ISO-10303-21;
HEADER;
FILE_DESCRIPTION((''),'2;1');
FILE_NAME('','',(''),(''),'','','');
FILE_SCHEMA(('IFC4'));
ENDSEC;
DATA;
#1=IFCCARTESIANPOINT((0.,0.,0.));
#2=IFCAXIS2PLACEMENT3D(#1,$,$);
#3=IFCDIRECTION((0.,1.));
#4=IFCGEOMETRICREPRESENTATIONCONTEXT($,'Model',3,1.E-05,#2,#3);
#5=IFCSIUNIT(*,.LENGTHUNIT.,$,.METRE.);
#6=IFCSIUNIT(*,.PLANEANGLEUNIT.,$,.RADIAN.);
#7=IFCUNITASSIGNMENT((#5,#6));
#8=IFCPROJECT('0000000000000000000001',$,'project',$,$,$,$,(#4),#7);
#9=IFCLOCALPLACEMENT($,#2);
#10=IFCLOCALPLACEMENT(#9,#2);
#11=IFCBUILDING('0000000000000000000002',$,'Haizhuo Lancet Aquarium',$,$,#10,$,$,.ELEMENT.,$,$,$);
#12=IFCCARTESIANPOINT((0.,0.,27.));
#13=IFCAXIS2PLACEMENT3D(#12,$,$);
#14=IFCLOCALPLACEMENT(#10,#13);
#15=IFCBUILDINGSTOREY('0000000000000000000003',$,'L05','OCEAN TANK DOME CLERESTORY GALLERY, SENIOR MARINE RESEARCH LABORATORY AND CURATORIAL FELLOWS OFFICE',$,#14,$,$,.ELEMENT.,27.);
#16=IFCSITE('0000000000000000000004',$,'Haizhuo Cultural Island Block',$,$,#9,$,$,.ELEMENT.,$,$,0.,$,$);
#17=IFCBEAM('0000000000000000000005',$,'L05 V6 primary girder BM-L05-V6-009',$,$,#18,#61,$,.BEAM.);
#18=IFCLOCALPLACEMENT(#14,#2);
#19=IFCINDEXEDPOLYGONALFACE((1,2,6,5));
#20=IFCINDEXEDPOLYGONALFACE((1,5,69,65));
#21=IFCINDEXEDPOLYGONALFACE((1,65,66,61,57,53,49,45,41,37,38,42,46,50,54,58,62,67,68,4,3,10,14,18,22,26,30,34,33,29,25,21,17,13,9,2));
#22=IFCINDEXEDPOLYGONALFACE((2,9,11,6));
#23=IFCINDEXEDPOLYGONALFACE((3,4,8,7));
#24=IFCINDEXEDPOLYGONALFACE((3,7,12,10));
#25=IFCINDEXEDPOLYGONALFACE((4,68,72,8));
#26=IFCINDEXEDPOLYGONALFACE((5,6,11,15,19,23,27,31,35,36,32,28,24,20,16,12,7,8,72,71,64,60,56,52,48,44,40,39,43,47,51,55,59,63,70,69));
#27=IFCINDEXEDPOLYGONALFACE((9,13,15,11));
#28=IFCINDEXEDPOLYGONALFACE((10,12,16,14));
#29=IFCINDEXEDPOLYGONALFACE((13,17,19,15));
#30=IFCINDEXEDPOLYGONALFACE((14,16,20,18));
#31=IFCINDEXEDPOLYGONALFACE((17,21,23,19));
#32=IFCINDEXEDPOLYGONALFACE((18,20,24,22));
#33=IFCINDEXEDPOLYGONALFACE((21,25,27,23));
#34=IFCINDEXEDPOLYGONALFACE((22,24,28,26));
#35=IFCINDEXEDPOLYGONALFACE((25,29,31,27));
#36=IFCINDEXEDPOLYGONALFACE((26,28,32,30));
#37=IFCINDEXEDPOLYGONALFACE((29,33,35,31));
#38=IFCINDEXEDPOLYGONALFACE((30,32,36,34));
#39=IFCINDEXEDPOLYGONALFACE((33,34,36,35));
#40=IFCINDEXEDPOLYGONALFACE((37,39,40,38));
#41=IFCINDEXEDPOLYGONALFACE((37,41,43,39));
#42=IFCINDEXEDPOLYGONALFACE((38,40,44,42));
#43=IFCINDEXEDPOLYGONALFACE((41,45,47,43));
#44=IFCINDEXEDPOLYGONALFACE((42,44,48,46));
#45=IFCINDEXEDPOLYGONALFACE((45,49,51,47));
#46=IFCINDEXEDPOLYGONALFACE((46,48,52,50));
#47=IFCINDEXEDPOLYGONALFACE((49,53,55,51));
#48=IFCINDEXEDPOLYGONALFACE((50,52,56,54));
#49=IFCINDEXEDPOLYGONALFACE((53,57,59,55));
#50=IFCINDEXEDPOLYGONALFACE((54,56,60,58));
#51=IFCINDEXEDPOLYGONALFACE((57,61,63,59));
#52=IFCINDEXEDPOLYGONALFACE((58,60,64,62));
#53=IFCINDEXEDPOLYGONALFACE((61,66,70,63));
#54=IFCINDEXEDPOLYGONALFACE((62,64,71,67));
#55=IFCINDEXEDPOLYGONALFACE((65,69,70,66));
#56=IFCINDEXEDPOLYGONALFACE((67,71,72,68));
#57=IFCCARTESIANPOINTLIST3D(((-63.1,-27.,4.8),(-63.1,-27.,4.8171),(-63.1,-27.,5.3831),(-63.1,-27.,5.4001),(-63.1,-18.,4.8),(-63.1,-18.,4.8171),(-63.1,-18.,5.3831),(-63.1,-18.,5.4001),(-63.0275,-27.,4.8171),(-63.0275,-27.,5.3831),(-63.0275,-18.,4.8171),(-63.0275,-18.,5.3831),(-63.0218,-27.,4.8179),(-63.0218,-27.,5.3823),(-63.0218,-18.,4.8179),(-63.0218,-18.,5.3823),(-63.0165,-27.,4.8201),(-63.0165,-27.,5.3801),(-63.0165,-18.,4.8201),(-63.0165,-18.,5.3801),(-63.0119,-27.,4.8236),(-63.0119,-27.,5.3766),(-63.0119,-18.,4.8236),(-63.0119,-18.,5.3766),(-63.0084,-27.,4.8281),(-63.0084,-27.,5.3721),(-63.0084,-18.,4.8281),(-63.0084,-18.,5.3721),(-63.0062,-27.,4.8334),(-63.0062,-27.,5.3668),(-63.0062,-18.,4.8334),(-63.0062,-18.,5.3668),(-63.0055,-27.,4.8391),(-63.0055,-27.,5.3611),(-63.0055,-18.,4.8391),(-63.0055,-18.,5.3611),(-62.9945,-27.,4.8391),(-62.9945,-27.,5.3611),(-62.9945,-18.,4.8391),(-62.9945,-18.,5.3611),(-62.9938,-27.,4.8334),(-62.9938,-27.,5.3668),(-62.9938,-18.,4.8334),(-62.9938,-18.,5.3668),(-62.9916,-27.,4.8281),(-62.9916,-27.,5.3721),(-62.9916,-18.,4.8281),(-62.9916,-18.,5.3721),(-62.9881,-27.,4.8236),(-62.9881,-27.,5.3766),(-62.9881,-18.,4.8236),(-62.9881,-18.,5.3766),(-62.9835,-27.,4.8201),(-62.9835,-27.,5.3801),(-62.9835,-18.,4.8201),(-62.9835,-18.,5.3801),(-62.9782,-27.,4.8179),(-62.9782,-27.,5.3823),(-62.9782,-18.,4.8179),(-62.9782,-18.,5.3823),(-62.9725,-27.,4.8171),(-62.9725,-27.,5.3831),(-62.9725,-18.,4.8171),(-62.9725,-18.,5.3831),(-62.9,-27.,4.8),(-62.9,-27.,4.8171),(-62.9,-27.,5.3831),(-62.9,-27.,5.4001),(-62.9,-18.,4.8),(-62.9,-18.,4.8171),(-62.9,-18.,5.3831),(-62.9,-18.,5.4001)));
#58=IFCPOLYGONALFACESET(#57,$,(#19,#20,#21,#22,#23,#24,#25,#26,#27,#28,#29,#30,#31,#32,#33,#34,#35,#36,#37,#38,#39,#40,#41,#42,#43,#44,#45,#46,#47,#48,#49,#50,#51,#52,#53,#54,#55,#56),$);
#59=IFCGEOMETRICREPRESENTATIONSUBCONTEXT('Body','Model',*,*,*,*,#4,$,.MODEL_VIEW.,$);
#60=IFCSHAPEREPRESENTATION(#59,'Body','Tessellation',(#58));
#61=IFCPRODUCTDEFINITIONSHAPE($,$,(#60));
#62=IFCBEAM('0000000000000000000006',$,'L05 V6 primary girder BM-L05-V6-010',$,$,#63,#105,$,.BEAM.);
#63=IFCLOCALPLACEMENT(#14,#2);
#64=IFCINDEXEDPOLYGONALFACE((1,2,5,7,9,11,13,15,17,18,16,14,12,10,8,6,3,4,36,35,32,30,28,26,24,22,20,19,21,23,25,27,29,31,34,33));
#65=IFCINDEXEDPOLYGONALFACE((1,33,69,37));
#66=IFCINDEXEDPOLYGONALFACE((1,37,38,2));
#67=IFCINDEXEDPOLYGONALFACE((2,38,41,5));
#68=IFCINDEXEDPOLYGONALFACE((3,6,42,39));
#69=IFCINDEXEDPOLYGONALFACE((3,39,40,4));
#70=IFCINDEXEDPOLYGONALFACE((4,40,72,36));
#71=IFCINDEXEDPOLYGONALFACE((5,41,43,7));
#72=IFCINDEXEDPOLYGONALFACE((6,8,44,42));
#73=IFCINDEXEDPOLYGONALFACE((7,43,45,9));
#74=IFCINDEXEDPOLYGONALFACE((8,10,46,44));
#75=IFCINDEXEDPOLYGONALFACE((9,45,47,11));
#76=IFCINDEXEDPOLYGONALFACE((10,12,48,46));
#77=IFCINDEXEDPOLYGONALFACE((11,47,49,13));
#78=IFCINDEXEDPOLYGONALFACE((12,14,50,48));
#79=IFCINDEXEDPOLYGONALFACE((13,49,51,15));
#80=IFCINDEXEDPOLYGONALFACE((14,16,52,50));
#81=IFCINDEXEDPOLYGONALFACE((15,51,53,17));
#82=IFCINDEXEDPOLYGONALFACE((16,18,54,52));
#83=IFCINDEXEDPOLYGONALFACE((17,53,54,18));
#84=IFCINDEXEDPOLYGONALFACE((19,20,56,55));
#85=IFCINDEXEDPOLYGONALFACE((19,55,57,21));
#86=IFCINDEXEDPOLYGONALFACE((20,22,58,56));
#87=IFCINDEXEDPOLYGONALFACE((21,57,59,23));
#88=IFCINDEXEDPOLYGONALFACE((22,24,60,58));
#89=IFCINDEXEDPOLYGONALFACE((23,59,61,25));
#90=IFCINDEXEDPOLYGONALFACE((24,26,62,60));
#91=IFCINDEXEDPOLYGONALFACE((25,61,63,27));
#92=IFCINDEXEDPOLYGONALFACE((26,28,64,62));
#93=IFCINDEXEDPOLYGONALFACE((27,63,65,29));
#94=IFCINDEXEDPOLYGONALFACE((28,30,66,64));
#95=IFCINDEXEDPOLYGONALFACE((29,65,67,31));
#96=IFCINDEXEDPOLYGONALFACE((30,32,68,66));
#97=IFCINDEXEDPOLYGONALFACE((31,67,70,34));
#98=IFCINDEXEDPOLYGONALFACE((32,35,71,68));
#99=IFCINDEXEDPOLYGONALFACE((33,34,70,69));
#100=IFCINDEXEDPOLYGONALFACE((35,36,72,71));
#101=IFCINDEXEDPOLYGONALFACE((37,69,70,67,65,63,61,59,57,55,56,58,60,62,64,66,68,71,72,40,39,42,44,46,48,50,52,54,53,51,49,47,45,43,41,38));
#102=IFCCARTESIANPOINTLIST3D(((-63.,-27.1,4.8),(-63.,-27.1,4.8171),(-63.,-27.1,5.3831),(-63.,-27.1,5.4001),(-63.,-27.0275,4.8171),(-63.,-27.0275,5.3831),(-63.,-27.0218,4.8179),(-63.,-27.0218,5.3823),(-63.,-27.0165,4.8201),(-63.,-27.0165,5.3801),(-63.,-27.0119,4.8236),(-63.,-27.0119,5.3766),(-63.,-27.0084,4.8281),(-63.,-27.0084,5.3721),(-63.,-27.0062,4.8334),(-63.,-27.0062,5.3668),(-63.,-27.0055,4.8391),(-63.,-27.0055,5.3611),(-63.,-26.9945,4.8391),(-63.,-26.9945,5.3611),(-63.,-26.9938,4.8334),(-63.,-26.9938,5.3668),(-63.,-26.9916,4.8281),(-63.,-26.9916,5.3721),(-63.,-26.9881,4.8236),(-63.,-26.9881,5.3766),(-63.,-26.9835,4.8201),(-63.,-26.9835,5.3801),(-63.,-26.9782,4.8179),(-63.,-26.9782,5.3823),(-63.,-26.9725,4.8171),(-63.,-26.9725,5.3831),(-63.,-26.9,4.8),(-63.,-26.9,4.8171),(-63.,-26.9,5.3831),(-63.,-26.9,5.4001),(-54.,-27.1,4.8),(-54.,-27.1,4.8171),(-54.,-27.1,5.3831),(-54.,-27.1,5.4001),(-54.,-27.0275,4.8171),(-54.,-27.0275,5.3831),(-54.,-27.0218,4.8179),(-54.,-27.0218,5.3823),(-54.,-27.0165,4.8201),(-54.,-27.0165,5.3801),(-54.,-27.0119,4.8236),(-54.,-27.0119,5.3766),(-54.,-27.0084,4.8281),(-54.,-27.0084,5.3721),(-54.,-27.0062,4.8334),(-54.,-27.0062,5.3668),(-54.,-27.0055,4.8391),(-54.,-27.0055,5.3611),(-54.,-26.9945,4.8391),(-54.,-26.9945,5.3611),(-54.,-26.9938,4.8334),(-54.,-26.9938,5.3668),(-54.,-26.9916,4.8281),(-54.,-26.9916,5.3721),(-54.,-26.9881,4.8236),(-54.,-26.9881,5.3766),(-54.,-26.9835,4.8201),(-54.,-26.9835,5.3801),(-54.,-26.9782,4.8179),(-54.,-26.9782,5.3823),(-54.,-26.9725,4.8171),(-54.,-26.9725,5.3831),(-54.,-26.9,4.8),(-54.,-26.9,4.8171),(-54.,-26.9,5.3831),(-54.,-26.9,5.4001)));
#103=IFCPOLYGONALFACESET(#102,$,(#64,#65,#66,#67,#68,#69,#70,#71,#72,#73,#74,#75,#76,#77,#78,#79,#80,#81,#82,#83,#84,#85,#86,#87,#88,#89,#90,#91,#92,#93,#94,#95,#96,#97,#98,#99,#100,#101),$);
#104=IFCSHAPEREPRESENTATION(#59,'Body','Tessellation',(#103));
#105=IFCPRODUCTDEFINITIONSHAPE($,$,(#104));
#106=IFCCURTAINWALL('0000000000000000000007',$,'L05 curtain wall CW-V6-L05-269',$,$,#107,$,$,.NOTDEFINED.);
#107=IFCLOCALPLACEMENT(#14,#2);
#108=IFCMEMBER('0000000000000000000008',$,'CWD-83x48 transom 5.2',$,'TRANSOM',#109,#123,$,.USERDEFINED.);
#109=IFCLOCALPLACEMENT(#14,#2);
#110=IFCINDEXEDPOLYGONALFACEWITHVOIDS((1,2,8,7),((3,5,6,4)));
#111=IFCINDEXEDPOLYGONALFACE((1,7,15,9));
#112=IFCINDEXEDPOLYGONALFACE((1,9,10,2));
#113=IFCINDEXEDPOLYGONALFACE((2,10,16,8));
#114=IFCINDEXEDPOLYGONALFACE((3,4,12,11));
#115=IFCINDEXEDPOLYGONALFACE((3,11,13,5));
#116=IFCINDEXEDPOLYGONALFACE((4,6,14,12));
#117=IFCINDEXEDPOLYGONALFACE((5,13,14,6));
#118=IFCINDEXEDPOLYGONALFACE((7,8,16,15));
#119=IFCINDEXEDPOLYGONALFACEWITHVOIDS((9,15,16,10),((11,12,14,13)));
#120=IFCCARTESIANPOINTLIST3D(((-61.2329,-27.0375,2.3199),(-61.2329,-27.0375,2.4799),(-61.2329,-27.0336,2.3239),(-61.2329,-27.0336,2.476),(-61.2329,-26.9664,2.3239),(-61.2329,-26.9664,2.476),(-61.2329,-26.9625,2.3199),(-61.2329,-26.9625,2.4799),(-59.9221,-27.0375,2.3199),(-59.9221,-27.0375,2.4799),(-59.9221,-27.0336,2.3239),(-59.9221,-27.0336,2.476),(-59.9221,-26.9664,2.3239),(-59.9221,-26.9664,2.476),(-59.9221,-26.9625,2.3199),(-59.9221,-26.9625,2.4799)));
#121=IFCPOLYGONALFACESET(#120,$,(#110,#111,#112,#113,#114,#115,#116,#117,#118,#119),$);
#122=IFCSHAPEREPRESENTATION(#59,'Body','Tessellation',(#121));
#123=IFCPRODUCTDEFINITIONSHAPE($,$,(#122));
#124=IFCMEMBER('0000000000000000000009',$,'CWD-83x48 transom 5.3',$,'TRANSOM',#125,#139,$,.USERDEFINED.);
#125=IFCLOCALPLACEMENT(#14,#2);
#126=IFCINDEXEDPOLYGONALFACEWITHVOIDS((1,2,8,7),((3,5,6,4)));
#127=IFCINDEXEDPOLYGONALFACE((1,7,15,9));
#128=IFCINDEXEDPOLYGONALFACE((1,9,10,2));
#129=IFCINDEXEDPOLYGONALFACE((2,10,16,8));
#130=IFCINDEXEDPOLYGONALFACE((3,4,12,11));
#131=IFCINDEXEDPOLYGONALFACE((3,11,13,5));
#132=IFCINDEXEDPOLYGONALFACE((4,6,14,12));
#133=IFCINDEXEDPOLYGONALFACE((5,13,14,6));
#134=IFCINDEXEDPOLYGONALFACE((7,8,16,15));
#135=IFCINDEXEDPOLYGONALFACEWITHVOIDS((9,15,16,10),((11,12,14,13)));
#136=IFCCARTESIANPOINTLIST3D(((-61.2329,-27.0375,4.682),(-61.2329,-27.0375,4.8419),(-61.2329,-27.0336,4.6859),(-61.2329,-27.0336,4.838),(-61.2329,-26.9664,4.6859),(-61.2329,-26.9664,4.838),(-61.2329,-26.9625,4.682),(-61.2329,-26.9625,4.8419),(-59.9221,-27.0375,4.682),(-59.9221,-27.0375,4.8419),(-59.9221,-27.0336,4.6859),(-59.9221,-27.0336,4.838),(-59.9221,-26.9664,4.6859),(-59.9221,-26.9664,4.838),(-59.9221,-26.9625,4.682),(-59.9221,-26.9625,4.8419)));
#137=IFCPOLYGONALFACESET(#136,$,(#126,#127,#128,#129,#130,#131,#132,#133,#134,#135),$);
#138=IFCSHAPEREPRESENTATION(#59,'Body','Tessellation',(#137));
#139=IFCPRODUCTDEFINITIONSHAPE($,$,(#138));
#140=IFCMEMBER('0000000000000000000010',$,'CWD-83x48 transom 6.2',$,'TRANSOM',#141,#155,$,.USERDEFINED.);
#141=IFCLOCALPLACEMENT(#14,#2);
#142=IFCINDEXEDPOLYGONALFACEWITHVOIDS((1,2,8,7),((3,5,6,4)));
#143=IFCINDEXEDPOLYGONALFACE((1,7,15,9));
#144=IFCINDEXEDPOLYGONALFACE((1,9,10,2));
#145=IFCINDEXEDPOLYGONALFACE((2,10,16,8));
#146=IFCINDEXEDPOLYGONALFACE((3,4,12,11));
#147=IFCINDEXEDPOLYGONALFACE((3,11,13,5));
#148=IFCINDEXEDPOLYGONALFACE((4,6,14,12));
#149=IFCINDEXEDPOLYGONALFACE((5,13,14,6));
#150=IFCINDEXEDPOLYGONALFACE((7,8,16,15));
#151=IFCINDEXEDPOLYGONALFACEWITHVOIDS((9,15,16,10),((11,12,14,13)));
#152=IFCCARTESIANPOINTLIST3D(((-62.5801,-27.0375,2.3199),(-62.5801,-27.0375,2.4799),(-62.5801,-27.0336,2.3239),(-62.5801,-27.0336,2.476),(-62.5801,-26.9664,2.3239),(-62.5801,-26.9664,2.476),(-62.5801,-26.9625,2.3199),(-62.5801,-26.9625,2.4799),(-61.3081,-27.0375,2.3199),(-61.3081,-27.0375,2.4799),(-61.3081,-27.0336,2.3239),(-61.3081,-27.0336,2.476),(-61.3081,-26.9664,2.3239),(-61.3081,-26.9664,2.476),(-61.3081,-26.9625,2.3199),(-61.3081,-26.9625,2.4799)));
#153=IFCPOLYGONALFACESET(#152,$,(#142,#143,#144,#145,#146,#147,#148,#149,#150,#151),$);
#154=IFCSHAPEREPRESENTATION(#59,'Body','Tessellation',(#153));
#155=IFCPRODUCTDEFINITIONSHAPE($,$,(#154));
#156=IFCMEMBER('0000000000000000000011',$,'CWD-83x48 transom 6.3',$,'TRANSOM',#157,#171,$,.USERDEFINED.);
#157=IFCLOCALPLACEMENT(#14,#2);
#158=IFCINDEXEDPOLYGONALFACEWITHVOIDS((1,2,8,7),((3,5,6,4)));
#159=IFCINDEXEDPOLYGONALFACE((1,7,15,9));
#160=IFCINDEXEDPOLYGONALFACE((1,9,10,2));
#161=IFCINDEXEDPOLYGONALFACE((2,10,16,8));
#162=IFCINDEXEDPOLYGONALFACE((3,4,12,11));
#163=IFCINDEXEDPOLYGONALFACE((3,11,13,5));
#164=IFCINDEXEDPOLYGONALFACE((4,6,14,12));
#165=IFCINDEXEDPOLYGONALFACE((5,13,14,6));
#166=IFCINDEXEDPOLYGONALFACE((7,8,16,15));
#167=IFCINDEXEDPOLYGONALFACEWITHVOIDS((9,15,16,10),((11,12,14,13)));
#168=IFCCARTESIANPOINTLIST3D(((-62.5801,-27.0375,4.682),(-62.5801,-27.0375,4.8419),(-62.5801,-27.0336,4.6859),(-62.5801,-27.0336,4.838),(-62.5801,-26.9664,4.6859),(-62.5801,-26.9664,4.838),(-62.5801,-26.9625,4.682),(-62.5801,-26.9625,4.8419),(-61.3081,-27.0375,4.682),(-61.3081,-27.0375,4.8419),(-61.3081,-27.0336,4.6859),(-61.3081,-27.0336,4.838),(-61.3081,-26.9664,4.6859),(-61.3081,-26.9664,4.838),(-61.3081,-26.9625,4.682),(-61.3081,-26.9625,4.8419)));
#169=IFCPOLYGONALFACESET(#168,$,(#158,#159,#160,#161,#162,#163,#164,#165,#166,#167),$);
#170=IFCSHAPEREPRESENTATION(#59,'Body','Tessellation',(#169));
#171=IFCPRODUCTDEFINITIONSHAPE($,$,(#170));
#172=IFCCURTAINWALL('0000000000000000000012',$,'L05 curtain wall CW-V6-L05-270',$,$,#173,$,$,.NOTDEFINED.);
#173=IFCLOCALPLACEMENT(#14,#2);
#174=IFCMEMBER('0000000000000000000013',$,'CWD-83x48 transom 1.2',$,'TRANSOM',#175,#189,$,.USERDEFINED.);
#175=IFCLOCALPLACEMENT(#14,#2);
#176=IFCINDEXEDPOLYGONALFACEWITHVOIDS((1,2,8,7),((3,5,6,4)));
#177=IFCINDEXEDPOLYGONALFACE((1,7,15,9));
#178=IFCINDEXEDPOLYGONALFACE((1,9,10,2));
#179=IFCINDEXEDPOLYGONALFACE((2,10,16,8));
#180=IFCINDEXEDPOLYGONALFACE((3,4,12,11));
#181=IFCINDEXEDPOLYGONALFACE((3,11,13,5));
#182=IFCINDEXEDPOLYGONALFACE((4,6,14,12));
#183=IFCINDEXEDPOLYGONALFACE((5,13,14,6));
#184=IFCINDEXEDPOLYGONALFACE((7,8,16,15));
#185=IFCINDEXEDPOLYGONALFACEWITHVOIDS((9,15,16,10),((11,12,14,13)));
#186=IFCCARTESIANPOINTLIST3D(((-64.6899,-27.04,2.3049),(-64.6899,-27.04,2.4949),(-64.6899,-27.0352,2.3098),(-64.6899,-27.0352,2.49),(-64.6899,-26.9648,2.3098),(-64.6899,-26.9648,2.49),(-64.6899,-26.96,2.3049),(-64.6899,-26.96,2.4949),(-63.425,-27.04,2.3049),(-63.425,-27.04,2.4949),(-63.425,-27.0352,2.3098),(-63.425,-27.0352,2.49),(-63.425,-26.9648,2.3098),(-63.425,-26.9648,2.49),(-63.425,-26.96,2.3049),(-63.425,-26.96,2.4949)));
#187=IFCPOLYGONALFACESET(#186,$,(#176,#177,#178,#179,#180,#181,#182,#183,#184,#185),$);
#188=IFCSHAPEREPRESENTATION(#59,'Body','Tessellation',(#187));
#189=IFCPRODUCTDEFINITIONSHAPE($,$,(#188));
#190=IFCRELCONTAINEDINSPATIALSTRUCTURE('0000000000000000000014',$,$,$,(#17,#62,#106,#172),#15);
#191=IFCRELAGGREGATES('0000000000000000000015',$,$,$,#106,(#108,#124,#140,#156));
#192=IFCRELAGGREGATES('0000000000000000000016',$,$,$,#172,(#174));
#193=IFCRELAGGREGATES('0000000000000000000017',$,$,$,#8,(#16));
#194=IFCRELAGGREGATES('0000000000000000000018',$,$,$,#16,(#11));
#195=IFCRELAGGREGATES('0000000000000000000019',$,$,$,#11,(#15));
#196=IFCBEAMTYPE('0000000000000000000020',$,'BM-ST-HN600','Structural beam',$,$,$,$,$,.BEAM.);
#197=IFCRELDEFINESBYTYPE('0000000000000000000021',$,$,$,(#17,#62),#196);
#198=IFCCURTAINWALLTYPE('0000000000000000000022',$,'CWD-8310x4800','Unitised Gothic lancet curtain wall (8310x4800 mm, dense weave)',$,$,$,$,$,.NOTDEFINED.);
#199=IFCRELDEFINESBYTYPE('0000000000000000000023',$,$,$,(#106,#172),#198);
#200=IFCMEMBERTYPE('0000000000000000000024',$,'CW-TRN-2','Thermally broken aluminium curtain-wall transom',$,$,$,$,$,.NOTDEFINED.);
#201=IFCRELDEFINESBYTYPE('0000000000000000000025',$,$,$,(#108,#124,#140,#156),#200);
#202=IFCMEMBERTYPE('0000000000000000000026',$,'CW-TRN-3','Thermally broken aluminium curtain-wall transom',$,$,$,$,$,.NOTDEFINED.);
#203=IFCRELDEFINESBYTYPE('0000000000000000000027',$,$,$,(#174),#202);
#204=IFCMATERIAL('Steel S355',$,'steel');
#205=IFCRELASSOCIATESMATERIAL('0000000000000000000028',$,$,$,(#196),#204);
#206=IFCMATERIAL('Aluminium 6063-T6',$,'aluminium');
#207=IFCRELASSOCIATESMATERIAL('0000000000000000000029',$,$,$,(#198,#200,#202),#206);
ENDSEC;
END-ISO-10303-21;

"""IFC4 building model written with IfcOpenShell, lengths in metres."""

from ifc_helpers import new_model, si_unit, direction, frame, origin, origin_2d, place, context, subcontext, project, spatial, hollow_rectangle, i_section, extrude, material, material_profile, profile_set, type_object, element, aggregate, save


model = new_model("IFC4")

# Units and contexts
model_context = context("Model", 3, precision=1e-05, world=origin(), true_north=direction((0.0, 1.0)))
body_context = subcontext(model_context, "Body", "Model", "MODEL_VIEW")
ifc_project = project(units=[si_unit("LENGTHUNIT", "METRE"), si_unit("PLANEANGLEUNIT", "RADIAN")], contexts=[model_context])

# Site, building, storey
site_placement = place(None, origin())
site = spatial("IfcSite", under=ifc_project, at=site_placement, Name="Haizhuo Cultural Island Block", CompositionType="ELEMENT", RefElevation=0.0)
building_placement = place(site_placement, origin())
building = spatial("IfcBuilding", under=site, at=building_placement, Name="Haizhuo Lancet Aquarium", CompositionType="ELEMENT")
storey_placement = place(building_placement, frame((0.0, 0.0, 27.0)))
storey = spatial("IfcBuildingStorey", under=building, at=storey_placement, Name="L05", Description="OCEAN TANK DOME CLERESTORY GALLERY, SENIOR MARINE RESEARCH LABORATORY AND CURATORIAL FELLOWS OFFICE", CompositionType="ELEMENT", Elevation=27.0)

# Beams
ifc_material_1 = material(Name="Steel S355", Category="steel")
ifc_material_profile_1 = material_profile(ifc_material_1, i_section(OverallWidth=0.2, OverallDepth=0.6001, WebThickness=0.011, FlangeThickness=0.0171, FilletRadius=0.022, at=origin_2d()), Name="HN 600x200x11x17")
ifc_profile_set_1 = profile_set([ifc_material_profile_1], Name="Steel S355")
beam_type = type_object("IfcBeamType", Name="BM-ST-HN600", Description="Structural beam", PredefinedType="BEAM", material=ifc_profile_set_1)
for number, where, z_axis, x_axis, name in (
    (1, (-63.0, -27.0, 5.1001), (0.0, 1.0, 0.0), (-1.0, 0.0, 0.0), "L05 V6 primary girder BM-L05-V6-009"),
    (2, (-63.0, -27.0, 5.1001), (1.0, 0.0, 0.0), (0.0, 1.0, 0.0), "L05 V6 primary girder BM-L05-V6-010"),
):
    element("IfcBeam", number, at=place(storey_placement, frame(where, z_axis=z_axis, x_axis=x_axis)), inside=storey, type_object=beam_type, Name=name, PredefinedType="BEAM", context=body_context, shape_type="SweptSolid", body=[
        extrude(i_section(OverallWidth=0.2, OverallDepth=0.6001, WebThickness=0.011, FlangeThickness=0.0171, FilletRadius=0.022, at=origin_2d()), origin(), (0.0, 0.0, 1.0), 9.0),
    ])

# Curtain walls, members
ifc_material_2 = material(Name="Aluminium 6063-T6", Category="aluminium")
curtain_wall_type = type_object("IfcCurtainWallType", Name="CWD-8310x4800", Description="Unitised Gothic lancet curtain wall (8310x4800 mm, dense weave)", PredefinedType="NOTDEFINED", material=ifc_material_2)
curtain_wall_1_placement = place(storey_placement, origin())
curtain_wall_1 = element("IfcCurtainWall", 3, at=curtain_wall_1_placement, inside=storey, type_object=curtain_wall_type, Name="L05 curtain wall CW-V6-L05-269", PredefinedType="NOTDEFINED")
ifc_material_profile_2 = material_profile(ifc_material_2, hollow_rectangle(XDim=0.075, YDim=0.1599, WallThickness=0.0039, at=origin_2d()), Name="ALU-T 75x160x4")
ifc_profile_set_2 = profile_set([ifc_material_profile_2], Name="Aluminium 6063-T6")
member_type_1 = type_object("IfcMemberType", Name="CW-TRN-2", Description="Thermally broken aluminium curtain-wall transom", PredefinedType="NOTDEFINED", material=ifc_profile_set_2)
member_1_placement = place(storey_placement, frame((-59.9221, -27.0, 2.3999), z_axis=(-1.0, 0.0, 0.0), x_axis=(0.0, -1.0, 0.0)))
member_1 = element("IfcMember", 4, at=member_1_placement, type_object=member_type_1, Name="CWD-83x48 transom 5.2", ObjectType="TRANSOM", PredefinedType="USERDEFINED", context=body_context, shape_type="SweptSolid", body=[
    extrude(hollow_rectangle(XDim=0.075, YDim=0.1599, WallThickness=0.0039, at=origin_2d()), origin(), (0.0, 0.0, 1.0), 1.3108),
])
member_2_placement = place(storey_placement, frame((-59.9221, -27.0, 4.762), z_axis=(-1.0, 0.0, 0.0), x_axis=(0.0, -1.0, 0.0)))
member_2 = element("IfcMember", 5, at=member_2_placement, type_object=member_type_1, Name="CWD-83x48 transom 5.3", ObjectType="TRANSOM", PredefinedType="USERDEFINED", context=body_context, shape_type="SweptSolid", body=[
    extrude(hollow_rectangle(XDim=0.075, YDim=0.1599, WallThickness=0.0039, at=origin_2d()), origin(), (0.0, 0.0, 1.0), 1.3108),
])
member_3_placement = place(storey_placement, frame((-61.3081, -27.0, 2.3999), z_axis=(-1.0, 0.0, 0.0), x_axis=(0.0, -1.0, 0.0)))
member_3 = element("IfcMember", 6, at=member_3_placement, type_object=member_type_1, Name="CWD-83x48 transom 6.2", ObjectType="TRANSOM", PredefinedType="USERDEFINED", context=body_context, shape_type="SweptSolid", body=[
    extrude(hollow_rectangle(XDim=0.075, YDim=0.1599, WallThickness=0.0039, at=origin_2d()), origin(), (0.0, 0.0, 1.0), 1.272),
])
member_4_placement = place(storey_placement, frame((-61.3081, -27.0, 4.762), z_axis=(-1.0, 0.0, 0.0), x_axis=(0.0, -1.0, 0.0)))
member_4 = element("IfcMember", 7, at=member_4_placement, type_object=member_type_1, Name="CWD-83x48 transom 6.3", ObjectType="TRANSOM", PredefinedType="USERDEFINED", context=body_context, shape_type="SweptSolid", body=[
    extrude(hollow_rectangle(XDim=0.075, YDim=0.1599, WallThickness=0.0039, at=origin_2d()), origin(), (0.0, 0.0, 1.0), 1.272),
])
curtain_wall_2_placement = place(storey_placement, origin())
curtain_wall_2 = element("IfcCurtainWall", 8, at=curtain_wall_2_placement, inside=storey, type_object=curtain_wall_type, Name="L05 curtain wall CW-V6-L05-270", PredefinedType="NOTDEFINED")
ifc_material_profile_3 = material_profile(ifc_material_2, hollow_rectangle(XDim=0.0801, YDim=0.1899, WallThickness=0.0049, at=origin_2d()), Name="ALU-T 80x190x5")
ifc_profile_set_3 = profile_set([ifc_material_profile_3], Name="Aluminium 6063-T6")
member_type_2 = type_object("IfcMemberType", Name="CW-TRN-3", Description="Thermally broken aluminium curtain-wall transom", PredefinedType="NOTDEFINED", material=ifc_profile_set_3)
member_5_placement = place(storey_placement, frame((-63.425, -27.0, 2.3999), z_axis=(-1.0, 0.0, 0.0), x_axis=(0.0, -1.0, 0.0)))
member_5 = element("IfcMember", 9, at=member_5_placement, type_object=member_type_2, Name="CWD-83x48 transom 1.2", ObjectType="TRANSOM", PredefinedType="USERDEFINED", context=body_context, shape_type="SweptSolid", body=[
    extrude(hollow_rectangle(XDim=0.0801, YDim=0.1899, WallThickness=0.0049, at=origin_2d()), origin(), (0.0, 0.0, 1.0), 1.2649),
])

aggregate(curtain_wall_1, [member_1, member_2, member_3, member_4])
aggregate(curtain_wall_2, [member_5])

save(model, "model.ifc")
